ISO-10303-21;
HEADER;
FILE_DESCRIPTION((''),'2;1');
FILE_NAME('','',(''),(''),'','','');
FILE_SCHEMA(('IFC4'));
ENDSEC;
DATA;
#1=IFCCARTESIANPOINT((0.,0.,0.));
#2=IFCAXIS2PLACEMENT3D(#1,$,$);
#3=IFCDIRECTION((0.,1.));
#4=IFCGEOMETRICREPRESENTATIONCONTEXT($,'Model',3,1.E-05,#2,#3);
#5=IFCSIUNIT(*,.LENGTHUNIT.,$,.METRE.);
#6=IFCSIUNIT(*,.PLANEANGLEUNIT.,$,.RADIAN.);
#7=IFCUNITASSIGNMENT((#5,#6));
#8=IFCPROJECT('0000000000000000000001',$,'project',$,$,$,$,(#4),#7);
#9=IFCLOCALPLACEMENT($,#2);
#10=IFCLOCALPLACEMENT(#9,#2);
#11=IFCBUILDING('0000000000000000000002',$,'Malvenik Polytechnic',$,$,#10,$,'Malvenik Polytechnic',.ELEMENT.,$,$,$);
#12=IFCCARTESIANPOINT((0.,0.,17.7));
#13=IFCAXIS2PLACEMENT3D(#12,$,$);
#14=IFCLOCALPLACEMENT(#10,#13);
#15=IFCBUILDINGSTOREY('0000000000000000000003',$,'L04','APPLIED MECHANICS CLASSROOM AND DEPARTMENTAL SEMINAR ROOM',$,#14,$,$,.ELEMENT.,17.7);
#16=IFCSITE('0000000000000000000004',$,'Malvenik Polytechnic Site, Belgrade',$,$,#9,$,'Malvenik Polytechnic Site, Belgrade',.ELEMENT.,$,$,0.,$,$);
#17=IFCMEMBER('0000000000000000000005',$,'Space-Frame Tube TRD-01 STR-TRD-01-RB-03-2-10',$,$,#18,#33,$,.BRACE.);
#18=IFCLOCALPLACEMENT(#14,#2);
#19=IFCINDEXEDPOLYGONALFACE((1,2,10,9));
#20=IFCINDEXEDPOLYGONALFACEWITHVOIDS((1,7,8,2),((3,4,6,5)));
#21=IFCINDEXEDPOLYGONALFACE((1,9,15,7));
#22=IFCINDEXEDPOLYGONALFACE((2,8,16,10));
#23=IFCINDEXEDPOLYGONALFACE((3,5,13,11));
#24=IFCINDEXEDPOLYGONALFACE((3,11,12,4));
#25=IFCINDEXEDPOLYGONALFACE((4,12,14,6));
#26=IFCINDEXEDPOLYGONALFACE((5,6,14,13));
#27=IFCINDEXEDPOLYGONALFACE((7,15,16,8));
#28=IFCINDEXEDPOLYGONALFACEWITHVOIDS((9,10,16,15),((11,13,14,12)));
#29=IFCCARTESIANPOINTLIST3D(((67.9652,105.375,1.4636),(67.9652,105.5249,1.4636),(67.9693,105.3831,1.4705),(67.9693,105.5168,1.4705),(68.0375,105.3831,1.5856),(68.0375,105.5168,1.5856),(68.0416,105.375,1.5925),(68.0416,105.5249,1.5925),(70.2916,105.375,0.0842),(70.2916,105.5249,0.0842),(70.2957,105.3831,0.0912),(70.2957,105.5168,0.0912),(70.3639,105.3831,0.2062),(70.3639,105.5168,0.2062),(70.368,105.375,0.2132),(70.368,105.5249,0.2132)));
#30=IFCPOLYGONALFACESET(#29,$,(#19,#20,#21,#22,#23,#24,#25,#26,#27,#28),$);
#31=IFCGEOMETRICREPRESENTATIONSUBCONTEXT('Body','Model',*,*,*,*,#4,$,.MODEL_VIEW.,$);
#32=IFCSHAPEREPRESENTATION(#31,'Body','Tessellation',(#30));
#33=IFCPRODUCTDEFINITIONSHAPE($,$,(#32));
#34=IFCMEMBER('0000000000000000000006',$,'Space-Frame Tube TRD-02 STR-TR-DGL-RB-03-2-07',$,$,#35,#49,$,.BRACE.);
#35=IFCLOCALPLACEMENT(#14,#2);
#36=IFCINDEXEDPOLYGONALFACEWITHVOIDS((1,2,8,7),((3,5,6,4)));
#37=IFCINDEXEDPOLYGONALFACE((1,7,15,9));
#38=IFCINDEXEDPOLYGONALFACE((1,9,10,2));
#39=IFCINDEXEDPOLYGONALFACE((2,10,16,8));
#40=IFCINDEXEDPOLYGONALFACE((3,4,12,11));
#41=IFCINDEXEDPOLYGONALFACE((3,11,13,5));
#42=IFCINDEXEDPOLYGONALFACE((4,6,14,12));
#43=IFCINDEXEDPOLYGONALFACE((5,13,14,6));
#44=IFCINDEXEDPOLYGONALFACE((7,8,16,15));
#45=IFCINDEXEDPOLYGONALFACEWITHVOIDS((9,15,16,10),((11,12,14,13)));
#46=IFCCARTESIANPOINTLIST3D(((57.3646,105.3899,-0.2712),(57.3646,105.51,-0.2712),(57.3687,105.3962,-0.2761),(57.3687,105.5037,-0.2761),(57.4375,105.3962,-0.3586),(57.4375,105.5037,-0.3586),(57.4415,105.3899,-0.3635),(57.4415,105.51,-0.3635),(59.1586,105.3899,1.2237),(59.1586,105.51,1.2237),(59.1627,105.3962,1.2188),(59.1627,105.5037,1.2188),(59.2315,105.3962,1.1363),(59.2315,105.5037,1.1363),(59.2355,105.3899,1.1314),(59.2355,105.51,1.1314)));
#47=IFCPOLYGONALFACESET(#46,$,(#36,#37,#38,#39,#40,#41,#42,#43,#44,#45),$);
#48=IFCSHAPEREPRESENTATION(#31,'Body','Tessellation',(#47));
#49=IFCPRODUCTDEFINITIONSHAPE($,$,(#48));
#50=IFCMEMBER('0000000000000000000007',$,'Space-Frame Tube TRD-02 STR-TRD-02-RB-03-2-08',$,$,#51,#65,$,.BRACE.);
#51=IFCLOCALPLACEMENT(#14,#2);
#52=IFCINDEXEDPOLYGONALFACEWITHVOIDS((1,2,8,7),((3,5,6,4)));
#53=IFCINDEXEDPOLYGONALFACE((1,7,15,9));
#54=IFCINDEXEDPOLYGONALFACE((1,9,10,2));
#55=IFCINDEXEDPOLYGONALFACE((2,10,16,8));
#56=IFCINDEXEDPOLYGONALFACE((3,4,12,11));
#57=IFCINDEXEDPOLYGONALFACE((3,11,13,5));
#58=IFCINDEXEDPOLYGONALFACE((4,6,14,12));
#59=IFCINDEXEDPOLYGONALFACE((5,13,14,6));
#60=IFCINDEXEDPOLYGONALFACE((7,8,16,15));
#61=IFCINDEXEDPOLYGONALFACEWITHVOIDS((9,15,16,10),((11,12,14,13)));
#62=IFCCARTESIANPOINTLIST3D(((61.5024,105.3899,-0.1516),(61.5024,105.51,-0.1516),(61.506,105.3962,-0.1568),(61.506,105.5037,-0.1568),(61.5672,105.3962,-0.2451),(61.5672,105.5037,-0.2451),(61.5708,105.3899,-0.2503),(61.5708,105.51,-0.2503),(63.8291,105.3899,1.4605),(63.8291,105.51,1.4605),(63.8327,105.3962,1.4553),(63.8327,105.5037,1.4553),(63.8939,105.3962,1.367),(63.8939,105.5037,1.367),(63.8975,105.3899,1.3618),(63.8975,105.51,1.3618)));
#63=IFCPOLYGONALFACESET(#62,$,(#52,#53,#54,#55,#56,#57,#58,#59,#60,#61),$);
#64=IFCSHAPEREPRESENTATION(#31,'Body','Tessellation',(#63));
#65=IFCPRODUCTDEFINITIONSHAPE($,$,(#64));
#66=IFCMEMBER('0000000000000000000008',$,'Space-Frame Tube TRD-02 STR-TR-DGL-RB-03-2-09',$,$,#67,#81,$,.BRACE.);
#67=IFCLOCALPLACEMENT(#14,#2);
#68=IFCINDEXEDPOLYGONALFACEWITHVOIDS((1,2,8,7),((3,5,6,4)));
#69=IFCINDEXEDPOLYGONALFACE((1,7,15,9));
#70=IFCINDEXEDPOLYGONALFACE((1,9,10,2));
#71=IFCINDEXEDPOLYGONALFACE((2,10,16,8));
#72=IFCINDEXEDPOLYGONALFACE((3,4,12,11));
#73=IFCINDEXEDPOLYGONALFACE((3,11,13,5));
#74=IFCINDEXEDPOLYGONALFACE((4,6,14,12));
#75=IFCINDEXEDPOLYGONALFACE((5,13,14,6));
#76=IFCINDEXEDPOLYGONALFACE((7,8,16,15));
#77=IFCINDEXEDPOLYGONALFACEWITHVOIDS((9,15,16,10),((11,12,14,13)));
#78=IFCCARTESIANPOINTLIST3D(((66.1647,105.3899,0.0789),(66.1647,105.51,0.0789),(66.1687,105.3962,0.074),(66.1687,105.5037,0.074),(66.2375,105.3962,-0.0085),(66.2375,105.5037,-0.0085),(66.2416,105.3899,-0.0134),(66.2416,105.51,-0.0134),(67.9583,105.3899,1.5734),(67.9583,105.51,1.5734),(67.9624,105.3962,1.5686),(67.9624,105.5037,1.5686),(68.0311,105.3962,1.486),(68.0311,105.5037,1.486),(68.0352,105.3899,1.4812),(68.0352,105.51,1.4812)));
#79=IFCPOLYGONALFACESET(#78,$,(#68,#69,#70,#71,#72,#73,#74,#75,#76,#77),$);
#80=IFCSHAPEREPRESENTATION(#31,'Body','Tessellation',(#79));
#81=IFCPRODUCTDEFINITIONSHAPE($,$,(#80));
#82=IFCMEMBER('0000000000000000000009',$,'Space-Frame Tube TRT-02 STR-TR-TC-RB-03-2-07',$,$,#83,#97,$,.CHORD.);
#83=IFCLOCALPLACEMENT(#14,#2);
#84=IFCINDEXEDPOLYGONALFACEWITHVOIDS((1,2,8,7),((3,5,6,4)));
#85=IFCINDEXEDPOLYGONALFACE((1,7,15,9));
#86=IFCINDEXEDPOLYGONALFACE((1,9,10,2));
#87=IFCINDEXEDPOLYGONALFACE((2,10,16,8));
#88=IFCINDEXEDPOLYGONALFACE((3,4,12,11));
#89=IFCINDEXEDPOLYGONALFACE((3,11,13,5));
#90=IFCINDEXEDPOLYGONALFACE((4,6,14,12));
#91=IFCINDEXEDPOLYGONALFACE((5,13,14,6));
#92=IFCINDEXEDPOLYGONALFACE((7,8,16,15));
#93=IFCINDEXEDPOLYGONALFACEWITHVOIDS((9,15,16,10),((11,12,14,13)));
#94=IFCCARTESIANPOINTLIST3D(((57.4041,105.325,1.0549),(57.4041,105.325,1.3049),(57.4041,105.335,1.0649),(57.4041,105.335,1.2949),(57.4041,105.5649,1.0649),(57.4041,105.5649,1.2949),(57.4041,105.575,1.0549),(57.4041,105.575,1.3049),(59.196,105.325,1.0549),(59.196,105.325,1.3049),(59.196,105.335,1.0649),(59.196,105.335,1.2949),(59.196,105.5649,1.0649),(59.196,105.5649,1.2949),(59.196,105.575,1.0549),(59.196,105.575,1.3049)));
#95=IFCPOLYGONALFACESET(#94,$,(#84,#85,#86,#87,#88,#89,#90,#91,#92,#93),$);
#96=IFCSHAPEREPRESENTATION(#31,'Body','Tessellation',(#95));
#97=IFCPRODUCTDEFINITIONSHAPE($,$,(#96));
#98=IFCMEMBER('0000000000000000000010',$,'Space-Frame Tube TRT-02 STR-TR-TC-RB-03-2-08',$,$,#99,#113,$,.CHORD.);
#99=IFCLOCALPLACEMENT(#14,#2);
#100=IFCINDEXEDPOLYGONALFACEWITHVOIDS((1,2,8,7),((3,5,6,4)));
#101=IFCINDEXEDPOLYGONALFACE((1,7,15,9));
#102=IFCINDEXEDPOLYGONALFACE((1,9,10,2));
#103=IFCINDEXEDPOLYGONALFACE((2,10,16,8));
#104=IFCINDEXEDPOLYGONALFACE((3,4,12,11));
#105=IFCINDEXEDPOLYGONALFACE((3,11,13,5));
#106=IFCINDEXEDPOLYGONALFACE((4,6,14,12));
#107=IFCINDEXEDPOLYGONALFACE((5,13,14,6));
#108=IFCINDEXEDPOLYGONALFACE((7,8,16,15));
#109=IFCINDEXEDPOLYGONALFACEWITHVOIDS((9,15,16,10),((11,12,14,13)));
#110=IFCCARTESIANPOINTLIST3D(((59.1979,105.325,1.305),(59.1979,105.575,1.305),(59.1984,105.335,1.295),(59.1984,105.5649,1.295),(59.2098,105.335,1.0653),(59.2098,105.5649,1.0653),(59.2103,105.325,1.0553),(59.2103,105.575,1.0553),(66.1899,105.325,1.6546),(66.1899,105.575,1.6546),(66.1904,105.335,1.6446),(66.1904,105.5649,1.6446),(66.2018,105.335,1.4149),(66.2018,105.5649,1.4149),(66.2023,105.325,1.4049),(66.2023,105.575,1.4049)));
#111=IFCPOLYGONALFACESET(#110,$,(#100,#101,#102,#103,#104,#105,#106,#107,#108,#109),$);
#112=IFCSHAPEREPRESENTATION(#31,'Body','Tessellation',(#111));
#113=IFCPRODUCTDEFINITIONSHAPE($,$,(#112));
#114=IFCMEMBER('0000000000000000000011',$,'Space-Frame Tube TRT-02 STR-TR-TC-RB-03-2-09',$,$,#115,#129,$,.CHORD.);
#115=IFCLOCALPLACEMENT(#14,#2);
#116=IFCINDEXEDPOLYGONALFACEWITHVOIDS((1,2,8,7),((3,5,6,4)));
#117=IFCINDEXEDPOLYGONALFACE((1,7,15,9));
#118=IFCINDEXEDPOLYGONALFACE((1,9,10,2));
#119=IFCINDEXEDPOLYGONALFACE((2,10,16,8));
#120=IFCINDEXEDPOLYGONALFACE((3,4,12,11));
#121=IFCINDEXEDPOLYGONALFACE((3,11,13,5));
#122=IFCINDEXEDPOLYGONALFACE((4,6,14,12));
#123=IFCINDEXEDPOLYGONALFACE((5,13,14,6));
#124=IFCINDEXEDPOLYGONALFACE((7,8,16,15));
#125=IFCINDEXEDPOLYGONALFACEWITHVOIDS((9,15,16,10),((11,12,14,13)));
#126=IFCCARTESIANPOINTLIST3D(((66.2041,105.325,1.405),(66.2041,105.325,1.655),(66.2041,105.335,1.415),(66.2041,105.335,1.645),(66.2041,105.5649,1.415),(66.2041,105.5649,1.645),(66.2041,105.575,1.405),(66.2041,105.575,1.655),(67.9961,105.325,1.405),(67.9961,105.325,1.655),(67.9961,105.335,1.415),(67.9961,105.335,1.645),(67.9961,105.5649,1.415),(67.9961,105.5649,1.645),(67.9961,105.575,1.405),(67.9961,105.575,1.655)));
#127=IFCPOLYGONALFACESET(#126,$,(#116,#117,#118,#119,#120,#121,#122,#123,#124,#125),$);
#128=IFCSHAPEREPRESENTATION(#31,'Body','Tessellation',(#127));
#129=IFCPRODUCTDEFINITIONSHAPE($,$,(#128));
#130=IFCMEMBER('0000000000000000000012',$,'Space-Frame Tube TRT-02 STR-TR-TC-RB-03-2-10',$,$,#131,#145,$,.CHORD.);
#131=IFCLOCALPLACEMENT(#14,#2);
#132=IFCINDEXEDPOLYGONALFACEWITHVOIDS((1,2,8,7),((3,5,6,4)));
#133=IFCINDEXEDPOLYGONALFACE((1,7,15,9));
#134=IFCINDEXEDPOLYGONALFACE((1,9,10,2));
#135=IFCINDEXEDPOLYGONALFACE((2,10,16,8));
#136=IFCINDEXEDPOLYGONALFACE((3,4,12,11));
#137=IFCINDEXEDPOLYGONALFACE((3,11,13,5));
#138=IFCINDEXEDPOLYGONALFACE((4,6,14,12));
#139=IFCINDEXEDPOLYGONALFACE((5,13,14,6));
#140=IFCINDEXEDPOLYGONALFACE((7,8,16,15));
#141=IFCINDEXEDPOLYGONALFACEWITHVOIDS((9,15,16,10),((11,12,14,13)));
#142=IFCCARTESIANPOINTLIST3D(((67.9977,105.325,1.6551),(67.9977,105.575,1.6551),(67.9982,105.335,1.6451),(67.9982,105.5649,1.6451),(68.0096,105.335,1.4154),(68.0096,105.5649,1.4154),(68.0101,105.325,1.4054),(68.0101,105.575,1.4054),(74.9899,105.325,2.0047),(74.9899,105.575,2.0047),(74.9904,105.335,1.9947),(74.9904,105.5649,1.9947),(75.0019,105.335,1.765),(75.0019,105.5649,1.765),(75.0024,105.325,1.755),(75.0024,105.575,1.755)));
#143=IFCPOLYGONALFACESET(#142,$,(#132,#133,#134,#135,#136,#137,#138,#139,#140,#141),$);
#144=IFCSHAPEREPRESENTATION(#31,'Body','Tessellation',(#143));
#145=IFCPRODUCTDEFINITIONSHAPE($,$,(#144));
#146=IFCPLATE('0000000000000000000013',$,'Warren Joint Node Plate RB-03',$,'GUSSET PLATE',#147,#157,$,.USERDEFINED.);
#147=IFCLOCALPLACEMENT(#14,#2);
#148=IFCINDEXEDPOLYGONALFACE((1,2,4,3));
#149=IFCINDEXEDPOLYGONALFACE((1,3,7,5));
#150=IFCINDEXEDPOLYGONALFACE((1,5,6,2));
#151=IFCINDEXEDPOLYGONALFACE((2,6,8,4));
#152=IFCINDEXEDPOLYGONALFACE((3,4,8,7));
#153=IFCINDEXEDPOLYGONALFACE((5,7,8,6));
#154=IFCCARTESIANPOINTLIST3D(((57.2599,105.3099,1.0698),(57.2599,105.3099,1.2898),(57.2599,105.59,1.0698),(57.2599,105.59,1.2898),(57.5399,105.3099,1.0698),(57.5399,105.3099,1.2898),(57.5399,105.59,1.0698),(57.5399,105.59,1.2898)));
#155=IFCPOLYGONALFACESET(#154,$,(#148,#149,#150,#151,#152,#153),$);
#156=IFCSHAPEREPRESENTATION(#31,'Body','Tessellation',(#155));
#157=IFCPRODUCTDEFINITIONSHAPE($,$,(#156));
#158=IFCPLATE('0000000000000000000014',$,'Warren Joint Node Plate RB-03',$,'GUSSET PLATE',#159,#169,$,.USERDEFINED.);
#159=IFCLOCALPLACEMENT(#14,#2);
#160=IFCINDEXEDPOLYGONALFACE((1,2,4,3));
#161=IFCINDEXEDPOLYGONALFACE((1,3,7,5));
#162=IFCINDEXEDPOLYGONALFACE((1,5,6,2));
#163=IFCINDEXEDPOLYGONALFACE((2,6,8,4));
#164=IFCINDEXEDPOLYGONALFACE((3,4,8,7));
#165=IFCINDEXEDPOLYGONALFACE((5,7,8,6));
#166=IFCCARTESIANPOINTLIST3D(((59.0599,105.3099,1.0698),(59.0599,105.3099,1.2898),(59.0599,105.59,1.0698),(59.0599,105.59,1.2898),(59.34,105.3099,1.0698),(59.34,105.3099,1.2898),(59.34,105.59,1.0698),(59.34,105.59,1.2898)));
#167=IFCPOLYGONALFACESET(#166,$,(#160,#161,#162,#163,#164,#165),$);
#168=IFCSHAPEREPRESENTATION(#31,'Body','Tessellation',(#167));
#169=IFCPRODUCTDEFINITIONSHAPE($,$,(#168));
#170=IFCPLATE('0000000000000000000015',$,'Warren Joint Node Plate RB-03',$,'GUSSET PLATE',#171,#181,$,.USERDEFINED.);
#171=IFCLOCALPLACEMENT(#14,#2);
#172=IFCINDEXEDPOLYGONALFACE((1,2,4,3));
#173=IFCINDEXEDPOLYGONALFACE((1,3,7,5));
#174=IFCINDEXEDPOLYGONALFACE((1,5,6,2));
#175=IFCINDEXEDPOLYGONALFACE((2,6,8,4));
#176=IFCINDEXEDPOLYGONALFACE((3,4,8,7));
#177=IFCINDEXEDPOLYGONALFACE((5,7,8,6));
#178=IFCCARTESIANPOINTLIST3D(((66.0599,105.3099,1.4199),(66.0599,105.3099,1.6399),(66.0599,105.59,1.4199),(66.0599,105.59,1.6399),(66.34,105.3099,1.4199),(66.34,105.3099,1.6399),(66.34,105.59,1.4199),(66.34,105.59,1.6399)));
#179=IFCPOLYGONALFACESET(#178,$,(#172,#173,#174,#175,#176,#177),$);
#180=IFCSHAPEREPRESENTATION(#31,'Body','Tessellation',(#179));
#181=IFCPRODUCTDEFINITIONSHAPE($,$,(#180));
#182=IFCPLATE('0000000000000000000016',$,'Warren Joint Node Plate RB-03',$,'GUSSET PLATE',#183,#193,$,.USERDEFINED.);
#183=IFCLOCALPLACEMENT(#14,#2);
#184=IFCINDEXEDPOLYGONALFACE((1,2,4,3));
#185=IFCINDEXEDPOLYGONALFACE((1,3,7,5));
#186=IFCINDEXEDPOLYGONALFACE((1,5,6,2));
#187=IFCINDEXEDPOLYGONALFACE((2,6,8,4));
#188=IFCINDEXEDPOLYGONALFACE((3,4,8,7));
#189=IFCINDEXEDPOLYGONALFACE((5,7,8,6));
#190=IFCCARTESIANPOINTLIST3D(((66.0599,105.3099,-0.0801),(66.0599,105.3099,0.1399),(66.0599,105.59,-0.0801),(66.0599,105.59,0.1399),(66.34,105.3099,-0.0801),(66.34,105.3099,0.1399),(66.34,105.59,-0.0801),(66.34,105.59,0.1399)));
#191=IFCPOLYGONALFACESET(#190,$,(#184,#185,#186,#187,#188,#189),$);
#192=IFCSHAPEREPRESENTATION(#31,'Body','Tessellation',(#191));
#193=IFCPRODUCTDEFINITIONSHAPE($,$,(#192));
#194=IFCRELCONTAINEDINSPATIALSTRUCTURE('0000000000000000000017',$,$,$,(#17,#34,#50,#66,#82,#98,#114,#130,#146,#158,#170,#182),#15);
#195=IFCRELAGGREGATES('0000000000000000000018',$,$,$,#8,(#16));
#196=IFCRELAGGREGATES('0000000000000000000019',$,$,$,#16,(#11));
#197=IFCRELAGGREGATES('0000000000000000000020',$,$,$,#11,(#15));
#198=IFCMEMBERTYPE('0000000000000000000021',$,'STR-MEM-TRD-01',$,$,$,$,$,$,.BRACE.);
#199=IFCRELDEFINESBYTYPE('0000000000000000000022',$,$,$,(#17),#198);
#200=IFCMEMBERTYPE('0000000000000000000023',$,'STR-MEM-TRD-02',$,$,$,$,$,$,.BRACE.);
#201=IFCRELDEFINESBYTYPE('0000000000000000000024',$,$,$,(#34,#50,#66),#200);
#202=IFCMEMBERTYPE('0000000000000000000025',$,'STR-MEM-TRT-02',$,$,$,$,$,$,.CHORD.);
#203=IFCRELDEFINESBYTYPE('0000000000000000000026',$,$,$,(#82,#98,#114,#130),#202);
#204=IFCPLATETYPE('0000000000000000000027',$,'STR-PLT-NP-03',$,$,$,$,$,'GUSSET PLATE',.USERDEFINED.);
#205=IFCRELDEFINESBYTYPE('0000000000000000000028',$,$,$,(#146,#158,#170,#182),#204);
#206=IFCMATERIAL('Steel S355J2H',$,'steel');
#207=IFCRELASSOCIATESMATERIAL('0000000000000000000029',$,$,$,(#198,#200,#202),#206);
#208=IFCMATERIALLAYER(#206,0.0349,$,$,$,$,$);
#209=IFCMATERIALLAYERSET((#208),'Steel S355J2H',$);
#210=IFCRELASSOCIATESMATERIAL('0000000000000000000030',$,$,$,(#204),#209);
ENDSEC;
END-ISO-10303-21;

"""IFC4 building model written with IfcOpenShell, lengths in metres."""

from ifc_helpers import new_model, si_unit, direction, frame, origin, origin_2d, place, context, subcontext, project, spatial, rectangle, hollow_rectangle, extrude, material, layer, layer_set, material_profile, profile_set, type_object, element, save


model = new_model("IFC4")

# Units and contexts
model_context = context("Model", 3, precision=1e-05, world=origin(), true_north=direction((0.0, 1.0)))
body_context = subcontext(model_context, "Body", "Model", "MODEL_VIEW")
ifc_project = project(units=[si_unit("LENGTHUNIT", "METRE"), si_unit("PLANEANGLEUNIT", "RADIAN")], contexts=[model_context])

# Site, building, storey
site_placement = place(None, origin())
site = spatial("IfcSite", under=ifc_project, at=site_placement, Name="Malvenik Polytechnic Site, Belgrade", LongName="Malvenik Polytechnic Site, Belgrade", CompositionType="ELEMENT", RefElevation=0.0)
building_placement = place(site_placement, origin())
building = spatial("IfcBuilding", under=site, at=building_placement, Name="Malvenik Polytechnic", LongName="Malvenik Polytechnic", CompositionType="ELEMENT")
storey_placement = place(building_placement, frame((0.0, 0.0, 17.7)))
storey = spatial("IfcBuildingStorey", under=building, at=storey_placement, Name="L04", Description="APPLIED MECHANICS CLASSROOM AND DEPARTMENTAL SEMINAR ROOM", CompositionType="ELEMENT", Elevation=17.7)

# Shared definitions
ifc_material_1 = material(Name="Steel S355J2H", Category="steel")

# Members
ifc_material_profile_1 = material_profile(ifc_material_1, hollow_rectangle(XDim=0.1499, YDim=0.1499, WallThickness=0.0081, at=origin_2d()), Name="SHS 150x150x8.0")
ifc_profile_set_1 = profile_set([ifc_material_profile_1], Name="Steel S355J2H")
member_type_1 = type_object("IfcMemberType", Name="STR-MEM-TRD-01", PredefinedType="BRACE", material=ifc_profile_set_1)
for number, where, z_axis, x_axis, name in (
    (1, (68.0034, 105.45, 1.5281), (0.860165, 0.0, -0.510015), (0.0, 1.0, 0.0), "Space-Frame Tube TRD-01 STR-TRD-01-RB-03-2-10"),
):
    element("IfcMember", number, at=place(storey_placement, frame(where, z_axis=z_axis, x_axis=x_axis)), inside=storey, type_object=member_type_1, Name=name, PredefinedType="BRACE", context=body_context, shape_type="SweptSolid", body=[
        extrude(hollow_rectangle(XDim=0.1499, YDim=0.1499, WallThickness=0.0081, at=origin_2d()), origin(), (0.0, 0.0, 1.0), 2.7046),
    ])
ifc_material_profile_2 = material_profile(ifc_material_1, hollow_rectangle(XDim=0.1201, YDim=0.1201, WallThickness=0.0063, at=origin_2d()), Name="SHS 120x120x6.3")
ifc_profile_set_2 = profile_set([ifc_material_profile_2], Name="Steel S355J2H")
member_type_2 = type_object("IfcMemberType", Name="STR-MEM-TRD-02", PredefinedType="BRACE", material=ifc_profile_set_2)
member_1_placement = place(storey_placement, frame((57.4031, 105.45, -0.3174), z_axis=(0.768238, 0.0, 0.640164), x_axis=(0.0, 1.0, 0.0)))
element("IfcMember", 2, at=member_1_placement, inside=storey, type_object=member_type_2, Name="Space-Frame Tube TRD-02 STR-TR-DGL-RB-03-2-07", PredefinedType="BRACE", context=body_context, shape_type="SweptSolid", body=[
    extrude(hollow_rectangle(XDim=0.1201, YDim=0.1201, WallThickness=0.0063, at=origin_2d()), origin(), (0.0, 0.0, 1.0), 2.3352),
])
member_2_placement = place(storey_placement, frame((61.5366, 105.45, -0.2009), z_axis=(0.821978, 0.0, 0.569519), x_axis=(0.0, 1.0, 0.0)))
element("IfcMember", 3, at=member_2_placement, inside=storey, type_object=member_type_2, Name="Space-Frame Tube TRD-02 STR-TRD-02-RB-03-2-08", PredefinedType="BRACE", context=body_context, shape_type="SweptSolid", body=[
    extrude(hollow_rectangle(XDim=0.1201, YDim=0.1201, WallThickness=0.0063, at=origin_2d()), origin(), (0.0, 0.0, 1.0), 2.8306),
])
member_3_placement = place(storey_placement, frame((66.2031, 105.45, 0.0327), z_axis=(0.768247, 0.0, 0.640154), x_axis=(0.0, 1.0, 0.0)))
element("IfcMember", 4, at=member_3_placement, inside=storey, type_object=member_type_2, Name="Space-Frame Tube TRD-02 STR-TR-DGL-RB-03-2-09", PredefinedType="BRACE", context=body_context, shape_type="SweptSolid", body=[
    extrude(hollow_rectangle(XDim=0.1201, YDim=0.1201, WallThickness=0.0063, at=origin_2d()), origin(), (0.0, 0.0, 1.0), 2.3347),
])
ifc_material_profile_3 = material_profile(ifc_material_1, hollow_rectangle(XDim=0.25, YDim=0.25, WallThickness=0.01, at=origin_2d()), Name="SHS 250x250x10.0")
ifc_profile_set_3 = profile_set([ifc_material_profile_3], Name="Steel S355J2H")
member_type_3 = type_object("IfcMemberType", Name="STR-MEM-TRT-02", PredefinedType="CHORD", material=ifc_profile_set_3)
member_4_placement = place(storey_placement, frame((57.4041, 105.45, 1.1799), z_axis=(1.0, 0.0, 0.0), x_axis=(0.0, 1.0, 0.0)))
element("IfcMember", 5, at=member_4_placement, inside=storey, type_object=member_type_3, Name="Space-Frame Tube TRT-02 STR-TR-TC-RB-03-2-07", PredefinedType="CHORD", context=body_context, shape_type="SweptSolid", body=[
    extrude(hollow_rectangle(XDim=0.25, YDim=0.25, WallThickness=0.01, at=origin_2d()), origin(), (0.0, 0.0, 1.0), 1.792),
])
member_5_placement = place(storey_placement, frame((59.2041, 105.45, 1.1802), z_axis=(0.998752, 0.0, 0.049939), x_axis=(0.0, 1.0, 0.0)))
element("IfcMember", 6, at=member_5_placement, inside=storey, type_object=member_type_3, Name="Space-Frame Tube TRT-02 STR-TR-TC-RB-03-2-08", PredefinedType="CHORD", context=body_context, shape_type="SweptSolid", body=[
    extrude(hollow_rectangle(XDim=0.25, YDim=0.25, WallThickness=0.01, at=origin_2d()), origin(), (0.0, 0.0, 1.0), 7.0007),
])
member_6_placement = place(storey_placement, frame((66.2041, 105.45, 1.53), z_axis=(1.0, 0.0, 0.0), x_axis=(0.0, 1.0, 0.0)))
element("IfcMember", 7, at=member_6_placement, inside=storey, type_object=member_type_3, Name="Space-Frame Tube TRT-02 STR-TR-TC-RB-03-2-09", PredefinedType="CHORD", context=body_context, shape_type="SweptSolid", body=[
    extrude(hollow_rectangle(XDim=0.25, YDim=0.25, WallThickness=0.01, at=origin_2d()), origin(), (0.0, 0.0, 1.0), 1.792),
])
member_7_placement = place(storey_placement, frame((68.0039, 105.45, 1.5303), z_axis=(0.998752, 0.0, 0.049938), x_axis=(0.0, 1.0, 0.0)))
element("IfcMember", 8, at=member_7_placement, inside=storey, type_object=member_type_3, Name="Space-Frame Tube TRT-02 STR-TR-TC-RB-03-2-10", PredefinedType="CHORD", context=body_context, shape_type="SweptSolid", body=[
    extrude(hollow_rectangle(XDim=0.25, YDim=0.25, WallThickness=0.01, at=origin_2d()), origin(), (0.0, 0.0, 1.0), 7.001),
])

# Plates
ifc_layer_1 = layer(ifc_material_1, 0.0349)
ifc_layer_set_1 = layer_set([ifc_layer_1], Name="Steel S355J2H")
plate_type = type_object("IfcPlateType", Name="STR-PLT-NP-03", ElementType="GUSSET PLATE", PredefinedType="USERDEFINED", material=ifc_layer_set_1)
for number, where, z_axis, x_axis, name in (
    (9, (57.3999, 105.45, 1.0698), (0.0, 0.0, 1.0), (1.0, 0.0, 0.0), "Warren Joint Node Plate RB-03"),
    (10, (59.2, 105.45, 1.0698), (0.0, 0.0, 1.0), (1.0, 0.0, 0.0), "Warren Joint Node Plate RB-03"),
    (11, (66.2, 105.45, 1.4199), (0.0, 0.0, 1.0), (1.0, 0.0, 0.0), "Warren Joint Node Plate RB-03"),
    (12, (66.2, 105.45, -0.0801), (0.0, 0.0, 1.0), (1.0, 0.0, 0.0), "Warren Joint Node Plate RB-03"),
):
    element("IfcPlate", number, at=place(storey_placement, frame(where, z_axis=z_axis, x_axis=x_axis)), inside=storey, type_object=plate_type, Name=name, ObjectType="GUSSET PLATE", PredefinedType="USERDEFINED", context=body_context, shape_type="SweptSolid", body=[
        extrude(rectangle(XDim=0.28, YDim=0.28, at=origin_2d()), origin(), (0.0, 0.0, 1.0), 0.22),
    ])

save(model, "model.ifc")
